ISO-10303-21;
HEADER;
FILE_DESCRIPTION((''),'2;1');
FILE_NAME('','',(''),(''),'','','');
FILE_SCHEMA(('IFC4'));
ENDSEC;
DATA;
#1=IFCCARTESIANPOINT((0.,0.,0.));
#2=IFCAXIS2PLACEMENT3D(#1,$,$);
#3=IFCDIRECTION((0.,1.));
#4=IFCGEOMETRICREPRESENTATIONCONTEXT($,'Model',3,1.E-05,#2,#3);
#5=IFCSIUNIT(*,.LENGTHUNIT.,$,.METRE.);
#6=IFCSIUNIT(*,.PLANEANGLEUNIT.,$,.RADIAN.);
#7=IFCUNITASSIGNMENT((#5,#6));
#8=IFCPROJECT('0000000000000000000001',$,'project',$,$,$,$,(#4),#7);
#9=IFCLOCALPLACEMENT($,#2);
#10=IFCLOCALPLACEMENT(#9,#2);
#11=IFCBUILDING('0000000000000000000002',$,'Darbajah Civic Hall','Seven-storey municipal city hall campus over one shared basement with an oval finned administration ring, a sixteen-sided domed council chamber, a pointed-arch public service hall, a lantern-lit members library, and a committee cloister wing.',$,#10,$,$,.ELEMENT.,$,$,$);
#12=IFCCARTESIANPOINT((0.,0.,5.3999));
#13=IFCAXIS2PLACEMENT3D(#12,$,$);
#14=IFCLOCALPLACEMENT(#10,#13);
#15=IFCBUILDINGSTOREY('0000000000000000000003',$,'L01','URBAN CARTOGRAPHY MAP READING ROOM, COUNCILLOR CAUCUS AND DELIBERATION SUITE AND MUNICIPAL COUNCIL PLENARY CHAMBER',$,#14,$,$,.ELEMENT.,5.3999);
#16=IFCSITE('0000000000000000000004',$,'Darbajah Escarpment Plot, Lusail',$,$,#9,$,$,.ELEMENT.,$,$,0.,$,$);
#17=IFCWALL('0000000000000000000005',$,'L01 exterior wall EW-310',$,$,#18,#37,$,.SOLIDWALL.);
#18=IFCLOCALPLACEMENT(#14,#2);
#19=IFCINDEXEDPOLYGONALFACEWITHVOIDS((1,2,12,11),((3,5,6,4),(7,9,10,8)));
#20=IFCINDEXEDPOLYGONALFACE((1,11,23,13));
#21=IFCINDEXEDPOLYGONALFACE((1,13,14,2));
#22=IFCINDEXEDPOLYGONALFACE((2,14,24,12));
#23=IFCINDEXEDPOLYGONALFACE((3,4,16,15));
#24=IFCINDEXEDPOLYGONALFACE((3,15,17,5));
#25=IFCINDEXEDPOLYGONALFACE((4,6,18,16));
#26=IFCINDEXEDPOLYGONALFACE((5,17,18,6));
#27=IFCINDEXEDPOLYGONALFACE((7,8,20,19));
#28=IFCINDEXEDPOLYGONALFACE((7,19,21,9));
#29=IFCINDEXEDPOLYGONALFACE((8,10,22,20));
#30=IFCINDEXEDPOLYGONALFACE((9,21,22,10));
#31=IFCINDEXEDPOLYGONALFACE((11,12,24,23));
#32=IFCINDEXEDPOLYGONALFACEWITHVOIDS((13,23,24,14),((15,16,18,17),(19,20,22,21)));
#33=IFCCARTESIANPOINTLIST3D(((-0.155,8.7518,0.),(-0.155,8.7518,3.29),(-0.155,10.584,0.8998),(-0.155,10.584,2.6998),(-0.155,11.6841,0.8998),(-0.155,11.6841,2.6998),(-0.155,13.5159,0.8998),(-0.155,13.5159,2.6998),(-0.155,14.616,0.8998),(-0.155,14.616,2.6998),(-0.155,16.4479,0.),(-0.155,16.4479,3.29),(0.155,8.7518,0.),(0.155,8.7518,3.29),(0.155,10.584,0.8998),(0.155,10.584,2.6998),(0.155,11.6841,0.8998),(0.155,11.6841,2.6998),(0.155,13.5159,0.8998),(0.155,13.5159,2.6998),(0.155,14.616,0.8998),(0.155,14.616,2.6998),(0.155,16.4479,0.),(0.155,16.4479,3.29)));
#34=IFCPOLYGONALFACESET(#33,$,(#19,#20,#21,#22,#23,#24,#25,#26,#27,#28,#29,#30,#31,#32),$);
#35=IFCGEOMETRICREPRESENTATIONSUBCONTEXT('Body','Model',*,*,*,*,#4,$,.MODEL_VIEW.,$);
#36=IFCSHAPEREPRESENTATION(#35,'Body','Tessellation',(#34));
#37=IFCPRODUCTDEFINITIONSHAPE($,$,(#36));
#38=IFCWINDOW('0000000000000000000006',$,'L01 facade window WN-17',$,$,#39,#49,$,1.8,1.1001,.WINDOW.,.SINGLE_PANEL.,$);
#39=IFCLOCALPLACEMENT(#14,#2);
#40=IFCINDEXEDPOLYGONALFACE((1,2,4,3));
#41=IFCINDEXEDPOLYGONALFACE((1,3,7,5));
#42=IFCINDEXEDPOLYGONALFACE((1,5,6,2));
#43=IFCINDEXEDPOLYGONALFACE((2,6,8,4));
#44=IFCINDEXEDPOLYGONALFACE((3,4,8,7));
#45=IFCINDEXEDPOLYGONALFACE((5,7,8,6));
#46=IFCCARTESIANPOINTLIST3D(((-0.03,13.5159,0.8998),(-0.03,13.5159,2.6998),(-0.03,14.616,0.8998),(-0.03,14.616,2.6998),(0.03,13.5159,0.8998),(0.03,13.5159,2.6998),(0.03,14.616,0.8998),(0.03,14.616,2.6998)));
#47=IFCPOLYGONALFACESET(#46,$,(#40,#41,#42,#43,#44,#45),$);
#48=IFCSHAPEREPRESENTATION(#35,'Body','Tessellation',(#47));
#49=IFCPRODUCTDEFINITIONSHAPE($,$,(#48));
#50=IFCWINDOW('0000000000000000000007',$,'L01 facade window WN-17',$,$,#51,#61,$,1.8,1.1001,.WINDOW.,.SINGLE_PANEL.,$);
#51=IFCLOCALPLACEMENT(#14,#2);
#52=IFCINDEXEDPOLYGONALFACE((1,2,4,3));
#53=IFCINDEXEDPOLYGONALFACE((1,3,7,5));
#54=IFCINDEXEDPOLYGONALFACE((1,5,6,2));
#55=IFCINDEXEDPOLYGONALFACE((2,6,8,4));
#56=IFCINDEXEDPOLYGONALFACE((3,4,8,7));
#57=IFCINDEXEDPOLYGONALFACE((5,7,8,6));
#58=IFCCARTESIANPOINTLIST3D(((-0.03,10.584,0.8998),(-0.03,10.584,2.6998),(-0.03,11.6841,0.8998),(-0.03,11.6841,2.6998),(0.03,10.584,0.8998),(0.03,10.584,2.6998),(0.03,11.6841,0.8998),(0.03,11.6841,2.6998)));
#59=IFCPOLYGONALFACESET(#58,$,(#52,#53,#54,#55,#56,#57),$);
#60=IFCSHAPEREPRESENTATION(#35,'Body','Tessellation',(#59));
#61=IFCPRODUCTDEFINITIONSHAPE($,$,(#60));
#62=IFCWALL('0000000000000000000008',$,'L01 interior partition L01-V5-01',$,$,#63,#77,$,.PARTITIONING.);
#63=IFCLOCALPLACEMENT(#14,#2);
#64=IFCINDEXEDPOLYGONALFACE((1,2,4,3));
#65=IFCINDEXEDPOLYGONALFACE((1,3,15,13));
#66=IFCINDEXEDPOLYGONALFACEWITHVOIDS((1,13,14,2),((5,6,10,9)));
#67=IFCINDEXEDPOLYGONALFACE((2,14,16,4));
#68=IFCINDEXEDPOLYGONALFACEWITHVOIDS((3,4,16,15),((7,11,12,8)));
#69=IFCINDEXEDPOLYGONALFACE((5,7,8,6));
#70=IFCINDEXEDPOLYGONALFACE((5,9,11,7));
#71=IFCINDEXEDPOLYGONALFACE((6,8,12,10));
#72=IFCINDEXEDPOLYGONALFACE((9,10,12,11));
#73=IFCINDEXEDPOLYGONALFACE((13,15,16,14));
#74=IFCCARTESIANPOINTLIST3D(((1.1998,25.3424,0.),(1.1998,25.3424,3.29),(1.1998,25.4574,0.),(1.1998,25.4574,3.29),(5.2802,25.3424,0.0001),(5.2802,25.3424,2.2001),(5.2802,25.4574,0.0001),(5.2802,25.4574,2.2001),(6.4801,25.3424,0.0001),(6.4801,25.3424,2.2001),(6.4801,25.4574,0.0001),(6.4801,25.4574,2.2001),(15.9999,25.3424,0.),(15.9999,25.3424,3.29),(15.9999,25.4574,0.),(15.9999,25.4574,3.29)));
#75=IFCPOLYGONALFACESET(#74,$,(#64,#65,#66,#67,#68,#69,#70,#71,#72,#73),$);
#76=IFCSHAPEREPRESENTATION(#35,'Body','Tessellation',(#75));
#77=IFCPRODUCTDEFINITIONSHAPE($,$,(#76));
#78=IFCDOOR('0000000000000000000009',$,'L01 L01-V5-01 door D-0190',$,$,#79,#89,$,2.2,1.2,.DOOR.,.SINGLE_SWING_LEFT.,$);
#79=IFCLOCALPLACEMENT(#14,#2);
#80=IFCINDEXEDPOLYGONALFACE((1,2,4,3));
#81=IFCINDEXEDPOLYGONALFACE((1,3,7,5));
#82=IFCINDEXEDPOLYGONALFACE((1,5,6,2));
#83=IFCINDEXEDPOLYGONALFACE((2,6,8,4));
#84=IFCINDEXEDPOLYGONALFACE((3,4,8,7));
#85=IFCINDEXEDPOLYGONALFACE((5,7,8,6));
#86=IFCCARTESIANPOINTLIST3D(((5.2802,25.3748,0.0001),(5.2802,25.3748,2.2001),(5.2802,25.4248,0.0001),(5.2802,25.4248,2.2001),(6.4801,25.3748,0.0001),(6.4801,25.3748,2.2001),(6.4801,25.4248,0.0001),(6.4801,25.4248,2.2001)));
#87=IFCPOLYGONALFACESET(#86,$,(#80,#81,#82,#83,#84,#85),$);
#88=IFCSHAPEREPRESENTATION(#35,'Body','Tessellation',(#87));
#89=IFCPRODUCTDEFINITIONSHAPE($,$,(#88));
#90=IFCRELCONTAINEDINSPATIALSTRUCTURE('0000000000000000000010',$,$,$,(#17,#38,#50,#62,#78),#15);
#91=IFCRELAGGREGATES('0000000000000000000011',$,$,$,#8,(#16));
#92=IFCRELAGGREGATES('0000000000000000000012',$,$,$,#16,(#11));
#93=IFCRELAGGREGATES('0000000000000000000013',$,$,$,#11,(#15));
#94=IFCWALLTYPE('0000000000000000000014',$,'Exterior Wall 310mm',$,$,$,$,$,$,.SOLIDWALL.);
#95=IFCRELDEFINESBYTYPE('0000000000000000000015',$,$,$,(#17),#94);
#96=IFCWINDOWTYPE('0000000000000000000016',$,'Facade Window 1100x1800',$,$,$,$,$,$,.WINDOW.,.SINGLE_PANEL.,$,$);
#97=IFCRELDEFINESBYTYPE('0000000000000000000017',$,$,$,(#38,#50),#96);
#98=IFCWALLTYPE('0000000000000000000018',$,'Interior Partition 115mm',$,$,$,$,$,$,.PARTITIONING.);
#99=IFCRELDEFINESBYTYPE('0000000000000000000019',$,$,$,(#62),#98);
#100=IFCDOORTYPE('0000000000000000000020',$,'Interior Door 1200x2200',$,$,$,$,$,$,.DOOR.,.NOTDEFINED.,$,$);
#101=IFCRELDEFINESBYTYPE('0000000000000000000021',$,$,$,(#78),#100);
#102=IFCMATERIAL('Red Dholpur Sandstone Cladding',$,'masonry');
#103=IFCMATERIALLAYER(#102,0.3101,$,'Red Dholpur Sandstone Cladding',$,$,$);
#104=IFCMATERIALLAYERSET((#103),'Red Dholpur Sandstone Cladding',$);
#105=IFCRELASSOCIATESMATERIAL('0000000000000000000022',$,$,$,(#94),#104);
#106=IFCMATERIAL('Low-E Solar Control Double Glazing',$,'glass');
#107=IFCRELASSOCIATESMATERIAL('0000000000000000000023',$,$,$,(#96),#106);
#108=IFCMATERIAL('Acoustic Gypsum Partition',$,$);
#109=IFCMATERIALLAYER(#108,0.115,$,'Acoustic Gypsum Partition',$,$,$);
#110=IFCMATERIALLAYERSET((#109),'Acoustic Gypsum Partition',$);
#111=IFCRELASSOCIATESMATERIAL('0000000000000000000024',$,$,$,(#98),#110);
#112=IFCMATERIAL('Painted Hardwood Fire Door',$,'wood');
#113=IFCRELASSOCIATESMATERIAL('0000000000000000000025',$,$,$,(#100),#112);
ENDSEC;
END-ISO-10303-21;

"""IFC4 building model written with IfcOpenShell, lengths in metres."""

from ifc_helpers import new_model, si_unit, direction, frame, frame_2d, origin, place, context, subcontext, project, spatial, rectangle, extrude, material, layer, layer_set, type_object, element, fill, save


model = new_model("IFC4")

# Units and contexts
model_context = context("Model", 3, precision=1e-05, world=origin(), true_north=direction((0.0, 1.0)))
body_context = subcontext(model_context, "Body", "Model", "MODEL_VIEW")
ifc_project = project(units=[si_unit("LENGTHUNIT", "METRE"), si_unit("PLANEANGLEUNIT", "RADIAN")], contexts=[model_context])

# Site, building, storey
site_placement = place(None, origin())
site = spatial("IfcSite", under=ifc_project, at=site_placement, Name="Darbajah Escarpment Plot, Lusail", CompositionType="ELEMENT", RefElevation=0.0)
building_placement = place(site_placement, origin())
building = spatial("IfcBuilding", under=site, at=building_placement, Name="Darbajah Civic Hall", Description="Seven-storey municipal city hall campus over one shared basement with an oval finned administration ring, a sixteen-sided domed council chamber, a pointed-arch public service hall, a lantern-lit members library, and a committee cloister wing.", CompositionType="ELEMENT")
storey_placement = place(building_placement, frame((0.0, 0.0, 5.3999)))
storey = spatial("IfcBuildingStorey", under=building, at=storey_placement, Name="L01", Description="URBAN CARTOGRAPHY MAP READING ROOM, COUNCILLOR CAUCUS AND DELIBERATION SUITE AND MUNICIPAL COUNCIL PLENARY CHAMBER", CompositionType="ELEMENT", Elevation=5.3999)

# Wall, openings, windows
ifc_material_1 = material(Name="Red Dholpur Sandstone Cladding", Category="masonry")
ifc_layer_1 = layer(ifc_material_1, 0.3101, Name="Red Dholpur Sandstone Cladding")
ifc_layer_set_1 = layer_set([ifc_layer_1], Name="Red Dholpur Sandstone Cladding")
wall_type_1 = type_object("IfcWallType", Name="Exterior Wall 310mm", PredefinedType="SOLIDWALL", material=ifc_layer_set_1)
ifc_material_2 = material(Name="Low-E Solar Control Double Glazing", Category="glass")
window_type = type_object("IfcWindowType", Name="Facade Window 1100x1800", PartitioningType="SINGLE_PANEL", PredefinedType="WINDOW", material=ifc_material_2)
wall_1_placement = place(storey_placement, frame((0.0, 16.448, 0.0), z_axis=(0.0, 0.0, 1.0), x_axis=(0.0, -1.0, 0.0)))
wall_1 = element("IfcWall", 1, at=wall_1_placement, inside=storey, type_object=wall_type_1, Name="L01 exterior wall EW-310", PredefinedType="SOLIDWALL", context=body_context, shape_type="SweptSolid", body=[
    extrude(rectangle(XDim=7.696, YDim=0.3101, at=frame_2d((3.8481, 0.0))), origin(), (0.0, 0.0, 1.0), 3.29),
])
opening_1_placement = place(wall_1_placement, frame((1.832, 0.0, 0.8999)))
opening_1 = element("IfcOpeningElement", 2, at=opening_1_placement, cuts=wall_1, PredefinedType="OPENING", context=body_context, shape_type="SweptSolid", body=[
    extrude(rectangle(XDim=1.1001, YDim=1.8, at=frame_2d((0.55, 0.8999))), frame((0.0, 0.165, 0.0), z_axis=(0.0, -1.0, 0.0), x_axis=(1.0, 0.0, 0.0)), (0.0, 0.0, 1.0), 0.3301),
])
opening_2_placement = place(wall_1_placement, frame((4.7639, 0.0, 0.8999)))
opening_2 = element("IfcOpeningElement", 3, at=opening_2_placement, cuts=wall_1, PredefinedType="OPENING", context=body_context, shape_type="SweptSolid", body=[
    extrude(rectangle(XDim=1.1001, YDim=1.8, at=frame_2d((0.55, 0.8999))), frame((0.0, 0.165, 0.0), z_axis=(0.0, -1.0, 0.0), x_axis=(1.0, 0.0, 0.0)), (0.0, 0.0, 1.0), 0.3301),
])
window_1_placement = place(opening_1_placement, origin())
window_1 = element("IfcWindow", 4, at=window_1_placement, inside=storey, type_object=window_type, Name="L01 facade window WN-17", OverallHeight=1.8, OverallWidth=1.1001, PartitioningType="SINGLE_PANEL", PredefinedType="WINDOW", context=body_context, shape_type="SweptSolid", body=[
    extrude(rectangle(XDim=1.1001, YDim=1.8, at=frame_2d((0.55, 0.8999))), frame((0.0, 0.03, 0.0), z_axis=(0.0, -1.0, 0.0), x_axis=(1.0, 0.0, 0.0)), (0.0, 0.0, 1.0), 0.0601),
])
fill(opening_1, window_1)
window_2_placement = place(opening_2_placement, origin())
window_2 = element("IfcWindow", 5, at=window_2_placement, inside=storey, type_object=window_type, Name="L01 facade window WN-17", OverallHeight=1.8, OverallWidth=1.1001, PartitioningType="SINGLE_PANEL", PredefinedType="WINDOW", context=body_context, shape_type="SweptSolid", body=[
    extrude(rectangle(XDim=1.1001, YDim=1.8, at=frame_2d((0.55, 0.8999))), frame((0.0, 0.03, 0.0), z_axis=(0.0, -1.0, 0.0), x_axis=(1.0, 0.0, 0.0)), (0.0, 0.0, 1.0), 0.0601),
])
fill(opening_2, window_2)

# Wall, opening, door
ifc_material_3 = material(Name="Acoustic Gypsum Partition")
ifc_layer_2 = layer(ifc_material_3, 0.115, Name="Acoustic Gypsum Partition")
ifc_layer_set_2 = layer_set([ifc_layer_2], Name="Acoustic Gypsum Partition")
wall_type_2 = type_object("IfcWallType", Name="Interior Partition 115mm", PredefinedType="PARTITIONING", material=ifc_layer_set_2)
wall_2_placement = place(storey_placement, frame((1.2, 25.3999, 0.0), z_axis=(0.0, 0.0, 1.0), x_axis=(1.0, 0.0, 0.0)))
wall_2 = element("IfcWall", 6, at=wall_2_placement, inside=storey, type_object=wall_type_2, Name="L01 interior partition L01-V5-01", PredefinedType="PARTITIONING", context=body_context, shape_type="SweptSolid", body=[
    extrude(rectangle(XDim=14.8, YDim=0.115, at=frame_2d((7.3999, 0.0))), origin(), (0.0, 0.0, 1.0), 3.29),
])
opening_3_placement = place(wall_2_placement, frame((4.0801, 0.0, 0.0)))
opening_3 = element("IfcOpeningElement", 7, at=opening_3_placement, cuts=wall_2, PredefinedType="OPENING", context=body_context, shape_type="SweptSolid", body=[
    extrude(rectangle(XDim=1.2, YDim=2.2, at=frame_2d((0.6001, 1.1001))), frame((0.0, 0.0674, 0.0), z_axis=(0.0, -1.0, 0.0), x_axis=(1.0, 0.0, 0.0)), (0.0, 0.0, 1.0), 0.135),
])
ifc_material_4 = material(Name="Painted Hardwood Fire Door", Category="wood")
door_type = type_object("IfcDoorType", Name="Interior Door 1200x2200", OperationType="NOTDEFINED", PredefinedType="DOOR", material=ifc_material_4)
door_placement = place(opening_3_placement, origin())
door = element("IfcDoor", 8, at=door_placement, inside=storey, type_object=door_type, Name="L01 L01-V5-01 door D-0190", OperationType="SINGLE_SWING_LEFT", OverallHeight=2.2, OverallWidth=1.2, PredefinedType="DOOR", context=body_context, shape_type="SweptSolid", body=[
    extrude(rectangle(XDim=1.2, YDim=2.2, at=frame_2d((0.6001, 1.1001))), frame((0.0, 0.0249, 0.0), z_axis=(0.0, -1.0, 0.0), x_axis=(1.0, 0.0, 0.0)), (0.0, 0.0, 1.0), 0.05),
])
fill(opening_3, door)

save(model, "model.ifc")
